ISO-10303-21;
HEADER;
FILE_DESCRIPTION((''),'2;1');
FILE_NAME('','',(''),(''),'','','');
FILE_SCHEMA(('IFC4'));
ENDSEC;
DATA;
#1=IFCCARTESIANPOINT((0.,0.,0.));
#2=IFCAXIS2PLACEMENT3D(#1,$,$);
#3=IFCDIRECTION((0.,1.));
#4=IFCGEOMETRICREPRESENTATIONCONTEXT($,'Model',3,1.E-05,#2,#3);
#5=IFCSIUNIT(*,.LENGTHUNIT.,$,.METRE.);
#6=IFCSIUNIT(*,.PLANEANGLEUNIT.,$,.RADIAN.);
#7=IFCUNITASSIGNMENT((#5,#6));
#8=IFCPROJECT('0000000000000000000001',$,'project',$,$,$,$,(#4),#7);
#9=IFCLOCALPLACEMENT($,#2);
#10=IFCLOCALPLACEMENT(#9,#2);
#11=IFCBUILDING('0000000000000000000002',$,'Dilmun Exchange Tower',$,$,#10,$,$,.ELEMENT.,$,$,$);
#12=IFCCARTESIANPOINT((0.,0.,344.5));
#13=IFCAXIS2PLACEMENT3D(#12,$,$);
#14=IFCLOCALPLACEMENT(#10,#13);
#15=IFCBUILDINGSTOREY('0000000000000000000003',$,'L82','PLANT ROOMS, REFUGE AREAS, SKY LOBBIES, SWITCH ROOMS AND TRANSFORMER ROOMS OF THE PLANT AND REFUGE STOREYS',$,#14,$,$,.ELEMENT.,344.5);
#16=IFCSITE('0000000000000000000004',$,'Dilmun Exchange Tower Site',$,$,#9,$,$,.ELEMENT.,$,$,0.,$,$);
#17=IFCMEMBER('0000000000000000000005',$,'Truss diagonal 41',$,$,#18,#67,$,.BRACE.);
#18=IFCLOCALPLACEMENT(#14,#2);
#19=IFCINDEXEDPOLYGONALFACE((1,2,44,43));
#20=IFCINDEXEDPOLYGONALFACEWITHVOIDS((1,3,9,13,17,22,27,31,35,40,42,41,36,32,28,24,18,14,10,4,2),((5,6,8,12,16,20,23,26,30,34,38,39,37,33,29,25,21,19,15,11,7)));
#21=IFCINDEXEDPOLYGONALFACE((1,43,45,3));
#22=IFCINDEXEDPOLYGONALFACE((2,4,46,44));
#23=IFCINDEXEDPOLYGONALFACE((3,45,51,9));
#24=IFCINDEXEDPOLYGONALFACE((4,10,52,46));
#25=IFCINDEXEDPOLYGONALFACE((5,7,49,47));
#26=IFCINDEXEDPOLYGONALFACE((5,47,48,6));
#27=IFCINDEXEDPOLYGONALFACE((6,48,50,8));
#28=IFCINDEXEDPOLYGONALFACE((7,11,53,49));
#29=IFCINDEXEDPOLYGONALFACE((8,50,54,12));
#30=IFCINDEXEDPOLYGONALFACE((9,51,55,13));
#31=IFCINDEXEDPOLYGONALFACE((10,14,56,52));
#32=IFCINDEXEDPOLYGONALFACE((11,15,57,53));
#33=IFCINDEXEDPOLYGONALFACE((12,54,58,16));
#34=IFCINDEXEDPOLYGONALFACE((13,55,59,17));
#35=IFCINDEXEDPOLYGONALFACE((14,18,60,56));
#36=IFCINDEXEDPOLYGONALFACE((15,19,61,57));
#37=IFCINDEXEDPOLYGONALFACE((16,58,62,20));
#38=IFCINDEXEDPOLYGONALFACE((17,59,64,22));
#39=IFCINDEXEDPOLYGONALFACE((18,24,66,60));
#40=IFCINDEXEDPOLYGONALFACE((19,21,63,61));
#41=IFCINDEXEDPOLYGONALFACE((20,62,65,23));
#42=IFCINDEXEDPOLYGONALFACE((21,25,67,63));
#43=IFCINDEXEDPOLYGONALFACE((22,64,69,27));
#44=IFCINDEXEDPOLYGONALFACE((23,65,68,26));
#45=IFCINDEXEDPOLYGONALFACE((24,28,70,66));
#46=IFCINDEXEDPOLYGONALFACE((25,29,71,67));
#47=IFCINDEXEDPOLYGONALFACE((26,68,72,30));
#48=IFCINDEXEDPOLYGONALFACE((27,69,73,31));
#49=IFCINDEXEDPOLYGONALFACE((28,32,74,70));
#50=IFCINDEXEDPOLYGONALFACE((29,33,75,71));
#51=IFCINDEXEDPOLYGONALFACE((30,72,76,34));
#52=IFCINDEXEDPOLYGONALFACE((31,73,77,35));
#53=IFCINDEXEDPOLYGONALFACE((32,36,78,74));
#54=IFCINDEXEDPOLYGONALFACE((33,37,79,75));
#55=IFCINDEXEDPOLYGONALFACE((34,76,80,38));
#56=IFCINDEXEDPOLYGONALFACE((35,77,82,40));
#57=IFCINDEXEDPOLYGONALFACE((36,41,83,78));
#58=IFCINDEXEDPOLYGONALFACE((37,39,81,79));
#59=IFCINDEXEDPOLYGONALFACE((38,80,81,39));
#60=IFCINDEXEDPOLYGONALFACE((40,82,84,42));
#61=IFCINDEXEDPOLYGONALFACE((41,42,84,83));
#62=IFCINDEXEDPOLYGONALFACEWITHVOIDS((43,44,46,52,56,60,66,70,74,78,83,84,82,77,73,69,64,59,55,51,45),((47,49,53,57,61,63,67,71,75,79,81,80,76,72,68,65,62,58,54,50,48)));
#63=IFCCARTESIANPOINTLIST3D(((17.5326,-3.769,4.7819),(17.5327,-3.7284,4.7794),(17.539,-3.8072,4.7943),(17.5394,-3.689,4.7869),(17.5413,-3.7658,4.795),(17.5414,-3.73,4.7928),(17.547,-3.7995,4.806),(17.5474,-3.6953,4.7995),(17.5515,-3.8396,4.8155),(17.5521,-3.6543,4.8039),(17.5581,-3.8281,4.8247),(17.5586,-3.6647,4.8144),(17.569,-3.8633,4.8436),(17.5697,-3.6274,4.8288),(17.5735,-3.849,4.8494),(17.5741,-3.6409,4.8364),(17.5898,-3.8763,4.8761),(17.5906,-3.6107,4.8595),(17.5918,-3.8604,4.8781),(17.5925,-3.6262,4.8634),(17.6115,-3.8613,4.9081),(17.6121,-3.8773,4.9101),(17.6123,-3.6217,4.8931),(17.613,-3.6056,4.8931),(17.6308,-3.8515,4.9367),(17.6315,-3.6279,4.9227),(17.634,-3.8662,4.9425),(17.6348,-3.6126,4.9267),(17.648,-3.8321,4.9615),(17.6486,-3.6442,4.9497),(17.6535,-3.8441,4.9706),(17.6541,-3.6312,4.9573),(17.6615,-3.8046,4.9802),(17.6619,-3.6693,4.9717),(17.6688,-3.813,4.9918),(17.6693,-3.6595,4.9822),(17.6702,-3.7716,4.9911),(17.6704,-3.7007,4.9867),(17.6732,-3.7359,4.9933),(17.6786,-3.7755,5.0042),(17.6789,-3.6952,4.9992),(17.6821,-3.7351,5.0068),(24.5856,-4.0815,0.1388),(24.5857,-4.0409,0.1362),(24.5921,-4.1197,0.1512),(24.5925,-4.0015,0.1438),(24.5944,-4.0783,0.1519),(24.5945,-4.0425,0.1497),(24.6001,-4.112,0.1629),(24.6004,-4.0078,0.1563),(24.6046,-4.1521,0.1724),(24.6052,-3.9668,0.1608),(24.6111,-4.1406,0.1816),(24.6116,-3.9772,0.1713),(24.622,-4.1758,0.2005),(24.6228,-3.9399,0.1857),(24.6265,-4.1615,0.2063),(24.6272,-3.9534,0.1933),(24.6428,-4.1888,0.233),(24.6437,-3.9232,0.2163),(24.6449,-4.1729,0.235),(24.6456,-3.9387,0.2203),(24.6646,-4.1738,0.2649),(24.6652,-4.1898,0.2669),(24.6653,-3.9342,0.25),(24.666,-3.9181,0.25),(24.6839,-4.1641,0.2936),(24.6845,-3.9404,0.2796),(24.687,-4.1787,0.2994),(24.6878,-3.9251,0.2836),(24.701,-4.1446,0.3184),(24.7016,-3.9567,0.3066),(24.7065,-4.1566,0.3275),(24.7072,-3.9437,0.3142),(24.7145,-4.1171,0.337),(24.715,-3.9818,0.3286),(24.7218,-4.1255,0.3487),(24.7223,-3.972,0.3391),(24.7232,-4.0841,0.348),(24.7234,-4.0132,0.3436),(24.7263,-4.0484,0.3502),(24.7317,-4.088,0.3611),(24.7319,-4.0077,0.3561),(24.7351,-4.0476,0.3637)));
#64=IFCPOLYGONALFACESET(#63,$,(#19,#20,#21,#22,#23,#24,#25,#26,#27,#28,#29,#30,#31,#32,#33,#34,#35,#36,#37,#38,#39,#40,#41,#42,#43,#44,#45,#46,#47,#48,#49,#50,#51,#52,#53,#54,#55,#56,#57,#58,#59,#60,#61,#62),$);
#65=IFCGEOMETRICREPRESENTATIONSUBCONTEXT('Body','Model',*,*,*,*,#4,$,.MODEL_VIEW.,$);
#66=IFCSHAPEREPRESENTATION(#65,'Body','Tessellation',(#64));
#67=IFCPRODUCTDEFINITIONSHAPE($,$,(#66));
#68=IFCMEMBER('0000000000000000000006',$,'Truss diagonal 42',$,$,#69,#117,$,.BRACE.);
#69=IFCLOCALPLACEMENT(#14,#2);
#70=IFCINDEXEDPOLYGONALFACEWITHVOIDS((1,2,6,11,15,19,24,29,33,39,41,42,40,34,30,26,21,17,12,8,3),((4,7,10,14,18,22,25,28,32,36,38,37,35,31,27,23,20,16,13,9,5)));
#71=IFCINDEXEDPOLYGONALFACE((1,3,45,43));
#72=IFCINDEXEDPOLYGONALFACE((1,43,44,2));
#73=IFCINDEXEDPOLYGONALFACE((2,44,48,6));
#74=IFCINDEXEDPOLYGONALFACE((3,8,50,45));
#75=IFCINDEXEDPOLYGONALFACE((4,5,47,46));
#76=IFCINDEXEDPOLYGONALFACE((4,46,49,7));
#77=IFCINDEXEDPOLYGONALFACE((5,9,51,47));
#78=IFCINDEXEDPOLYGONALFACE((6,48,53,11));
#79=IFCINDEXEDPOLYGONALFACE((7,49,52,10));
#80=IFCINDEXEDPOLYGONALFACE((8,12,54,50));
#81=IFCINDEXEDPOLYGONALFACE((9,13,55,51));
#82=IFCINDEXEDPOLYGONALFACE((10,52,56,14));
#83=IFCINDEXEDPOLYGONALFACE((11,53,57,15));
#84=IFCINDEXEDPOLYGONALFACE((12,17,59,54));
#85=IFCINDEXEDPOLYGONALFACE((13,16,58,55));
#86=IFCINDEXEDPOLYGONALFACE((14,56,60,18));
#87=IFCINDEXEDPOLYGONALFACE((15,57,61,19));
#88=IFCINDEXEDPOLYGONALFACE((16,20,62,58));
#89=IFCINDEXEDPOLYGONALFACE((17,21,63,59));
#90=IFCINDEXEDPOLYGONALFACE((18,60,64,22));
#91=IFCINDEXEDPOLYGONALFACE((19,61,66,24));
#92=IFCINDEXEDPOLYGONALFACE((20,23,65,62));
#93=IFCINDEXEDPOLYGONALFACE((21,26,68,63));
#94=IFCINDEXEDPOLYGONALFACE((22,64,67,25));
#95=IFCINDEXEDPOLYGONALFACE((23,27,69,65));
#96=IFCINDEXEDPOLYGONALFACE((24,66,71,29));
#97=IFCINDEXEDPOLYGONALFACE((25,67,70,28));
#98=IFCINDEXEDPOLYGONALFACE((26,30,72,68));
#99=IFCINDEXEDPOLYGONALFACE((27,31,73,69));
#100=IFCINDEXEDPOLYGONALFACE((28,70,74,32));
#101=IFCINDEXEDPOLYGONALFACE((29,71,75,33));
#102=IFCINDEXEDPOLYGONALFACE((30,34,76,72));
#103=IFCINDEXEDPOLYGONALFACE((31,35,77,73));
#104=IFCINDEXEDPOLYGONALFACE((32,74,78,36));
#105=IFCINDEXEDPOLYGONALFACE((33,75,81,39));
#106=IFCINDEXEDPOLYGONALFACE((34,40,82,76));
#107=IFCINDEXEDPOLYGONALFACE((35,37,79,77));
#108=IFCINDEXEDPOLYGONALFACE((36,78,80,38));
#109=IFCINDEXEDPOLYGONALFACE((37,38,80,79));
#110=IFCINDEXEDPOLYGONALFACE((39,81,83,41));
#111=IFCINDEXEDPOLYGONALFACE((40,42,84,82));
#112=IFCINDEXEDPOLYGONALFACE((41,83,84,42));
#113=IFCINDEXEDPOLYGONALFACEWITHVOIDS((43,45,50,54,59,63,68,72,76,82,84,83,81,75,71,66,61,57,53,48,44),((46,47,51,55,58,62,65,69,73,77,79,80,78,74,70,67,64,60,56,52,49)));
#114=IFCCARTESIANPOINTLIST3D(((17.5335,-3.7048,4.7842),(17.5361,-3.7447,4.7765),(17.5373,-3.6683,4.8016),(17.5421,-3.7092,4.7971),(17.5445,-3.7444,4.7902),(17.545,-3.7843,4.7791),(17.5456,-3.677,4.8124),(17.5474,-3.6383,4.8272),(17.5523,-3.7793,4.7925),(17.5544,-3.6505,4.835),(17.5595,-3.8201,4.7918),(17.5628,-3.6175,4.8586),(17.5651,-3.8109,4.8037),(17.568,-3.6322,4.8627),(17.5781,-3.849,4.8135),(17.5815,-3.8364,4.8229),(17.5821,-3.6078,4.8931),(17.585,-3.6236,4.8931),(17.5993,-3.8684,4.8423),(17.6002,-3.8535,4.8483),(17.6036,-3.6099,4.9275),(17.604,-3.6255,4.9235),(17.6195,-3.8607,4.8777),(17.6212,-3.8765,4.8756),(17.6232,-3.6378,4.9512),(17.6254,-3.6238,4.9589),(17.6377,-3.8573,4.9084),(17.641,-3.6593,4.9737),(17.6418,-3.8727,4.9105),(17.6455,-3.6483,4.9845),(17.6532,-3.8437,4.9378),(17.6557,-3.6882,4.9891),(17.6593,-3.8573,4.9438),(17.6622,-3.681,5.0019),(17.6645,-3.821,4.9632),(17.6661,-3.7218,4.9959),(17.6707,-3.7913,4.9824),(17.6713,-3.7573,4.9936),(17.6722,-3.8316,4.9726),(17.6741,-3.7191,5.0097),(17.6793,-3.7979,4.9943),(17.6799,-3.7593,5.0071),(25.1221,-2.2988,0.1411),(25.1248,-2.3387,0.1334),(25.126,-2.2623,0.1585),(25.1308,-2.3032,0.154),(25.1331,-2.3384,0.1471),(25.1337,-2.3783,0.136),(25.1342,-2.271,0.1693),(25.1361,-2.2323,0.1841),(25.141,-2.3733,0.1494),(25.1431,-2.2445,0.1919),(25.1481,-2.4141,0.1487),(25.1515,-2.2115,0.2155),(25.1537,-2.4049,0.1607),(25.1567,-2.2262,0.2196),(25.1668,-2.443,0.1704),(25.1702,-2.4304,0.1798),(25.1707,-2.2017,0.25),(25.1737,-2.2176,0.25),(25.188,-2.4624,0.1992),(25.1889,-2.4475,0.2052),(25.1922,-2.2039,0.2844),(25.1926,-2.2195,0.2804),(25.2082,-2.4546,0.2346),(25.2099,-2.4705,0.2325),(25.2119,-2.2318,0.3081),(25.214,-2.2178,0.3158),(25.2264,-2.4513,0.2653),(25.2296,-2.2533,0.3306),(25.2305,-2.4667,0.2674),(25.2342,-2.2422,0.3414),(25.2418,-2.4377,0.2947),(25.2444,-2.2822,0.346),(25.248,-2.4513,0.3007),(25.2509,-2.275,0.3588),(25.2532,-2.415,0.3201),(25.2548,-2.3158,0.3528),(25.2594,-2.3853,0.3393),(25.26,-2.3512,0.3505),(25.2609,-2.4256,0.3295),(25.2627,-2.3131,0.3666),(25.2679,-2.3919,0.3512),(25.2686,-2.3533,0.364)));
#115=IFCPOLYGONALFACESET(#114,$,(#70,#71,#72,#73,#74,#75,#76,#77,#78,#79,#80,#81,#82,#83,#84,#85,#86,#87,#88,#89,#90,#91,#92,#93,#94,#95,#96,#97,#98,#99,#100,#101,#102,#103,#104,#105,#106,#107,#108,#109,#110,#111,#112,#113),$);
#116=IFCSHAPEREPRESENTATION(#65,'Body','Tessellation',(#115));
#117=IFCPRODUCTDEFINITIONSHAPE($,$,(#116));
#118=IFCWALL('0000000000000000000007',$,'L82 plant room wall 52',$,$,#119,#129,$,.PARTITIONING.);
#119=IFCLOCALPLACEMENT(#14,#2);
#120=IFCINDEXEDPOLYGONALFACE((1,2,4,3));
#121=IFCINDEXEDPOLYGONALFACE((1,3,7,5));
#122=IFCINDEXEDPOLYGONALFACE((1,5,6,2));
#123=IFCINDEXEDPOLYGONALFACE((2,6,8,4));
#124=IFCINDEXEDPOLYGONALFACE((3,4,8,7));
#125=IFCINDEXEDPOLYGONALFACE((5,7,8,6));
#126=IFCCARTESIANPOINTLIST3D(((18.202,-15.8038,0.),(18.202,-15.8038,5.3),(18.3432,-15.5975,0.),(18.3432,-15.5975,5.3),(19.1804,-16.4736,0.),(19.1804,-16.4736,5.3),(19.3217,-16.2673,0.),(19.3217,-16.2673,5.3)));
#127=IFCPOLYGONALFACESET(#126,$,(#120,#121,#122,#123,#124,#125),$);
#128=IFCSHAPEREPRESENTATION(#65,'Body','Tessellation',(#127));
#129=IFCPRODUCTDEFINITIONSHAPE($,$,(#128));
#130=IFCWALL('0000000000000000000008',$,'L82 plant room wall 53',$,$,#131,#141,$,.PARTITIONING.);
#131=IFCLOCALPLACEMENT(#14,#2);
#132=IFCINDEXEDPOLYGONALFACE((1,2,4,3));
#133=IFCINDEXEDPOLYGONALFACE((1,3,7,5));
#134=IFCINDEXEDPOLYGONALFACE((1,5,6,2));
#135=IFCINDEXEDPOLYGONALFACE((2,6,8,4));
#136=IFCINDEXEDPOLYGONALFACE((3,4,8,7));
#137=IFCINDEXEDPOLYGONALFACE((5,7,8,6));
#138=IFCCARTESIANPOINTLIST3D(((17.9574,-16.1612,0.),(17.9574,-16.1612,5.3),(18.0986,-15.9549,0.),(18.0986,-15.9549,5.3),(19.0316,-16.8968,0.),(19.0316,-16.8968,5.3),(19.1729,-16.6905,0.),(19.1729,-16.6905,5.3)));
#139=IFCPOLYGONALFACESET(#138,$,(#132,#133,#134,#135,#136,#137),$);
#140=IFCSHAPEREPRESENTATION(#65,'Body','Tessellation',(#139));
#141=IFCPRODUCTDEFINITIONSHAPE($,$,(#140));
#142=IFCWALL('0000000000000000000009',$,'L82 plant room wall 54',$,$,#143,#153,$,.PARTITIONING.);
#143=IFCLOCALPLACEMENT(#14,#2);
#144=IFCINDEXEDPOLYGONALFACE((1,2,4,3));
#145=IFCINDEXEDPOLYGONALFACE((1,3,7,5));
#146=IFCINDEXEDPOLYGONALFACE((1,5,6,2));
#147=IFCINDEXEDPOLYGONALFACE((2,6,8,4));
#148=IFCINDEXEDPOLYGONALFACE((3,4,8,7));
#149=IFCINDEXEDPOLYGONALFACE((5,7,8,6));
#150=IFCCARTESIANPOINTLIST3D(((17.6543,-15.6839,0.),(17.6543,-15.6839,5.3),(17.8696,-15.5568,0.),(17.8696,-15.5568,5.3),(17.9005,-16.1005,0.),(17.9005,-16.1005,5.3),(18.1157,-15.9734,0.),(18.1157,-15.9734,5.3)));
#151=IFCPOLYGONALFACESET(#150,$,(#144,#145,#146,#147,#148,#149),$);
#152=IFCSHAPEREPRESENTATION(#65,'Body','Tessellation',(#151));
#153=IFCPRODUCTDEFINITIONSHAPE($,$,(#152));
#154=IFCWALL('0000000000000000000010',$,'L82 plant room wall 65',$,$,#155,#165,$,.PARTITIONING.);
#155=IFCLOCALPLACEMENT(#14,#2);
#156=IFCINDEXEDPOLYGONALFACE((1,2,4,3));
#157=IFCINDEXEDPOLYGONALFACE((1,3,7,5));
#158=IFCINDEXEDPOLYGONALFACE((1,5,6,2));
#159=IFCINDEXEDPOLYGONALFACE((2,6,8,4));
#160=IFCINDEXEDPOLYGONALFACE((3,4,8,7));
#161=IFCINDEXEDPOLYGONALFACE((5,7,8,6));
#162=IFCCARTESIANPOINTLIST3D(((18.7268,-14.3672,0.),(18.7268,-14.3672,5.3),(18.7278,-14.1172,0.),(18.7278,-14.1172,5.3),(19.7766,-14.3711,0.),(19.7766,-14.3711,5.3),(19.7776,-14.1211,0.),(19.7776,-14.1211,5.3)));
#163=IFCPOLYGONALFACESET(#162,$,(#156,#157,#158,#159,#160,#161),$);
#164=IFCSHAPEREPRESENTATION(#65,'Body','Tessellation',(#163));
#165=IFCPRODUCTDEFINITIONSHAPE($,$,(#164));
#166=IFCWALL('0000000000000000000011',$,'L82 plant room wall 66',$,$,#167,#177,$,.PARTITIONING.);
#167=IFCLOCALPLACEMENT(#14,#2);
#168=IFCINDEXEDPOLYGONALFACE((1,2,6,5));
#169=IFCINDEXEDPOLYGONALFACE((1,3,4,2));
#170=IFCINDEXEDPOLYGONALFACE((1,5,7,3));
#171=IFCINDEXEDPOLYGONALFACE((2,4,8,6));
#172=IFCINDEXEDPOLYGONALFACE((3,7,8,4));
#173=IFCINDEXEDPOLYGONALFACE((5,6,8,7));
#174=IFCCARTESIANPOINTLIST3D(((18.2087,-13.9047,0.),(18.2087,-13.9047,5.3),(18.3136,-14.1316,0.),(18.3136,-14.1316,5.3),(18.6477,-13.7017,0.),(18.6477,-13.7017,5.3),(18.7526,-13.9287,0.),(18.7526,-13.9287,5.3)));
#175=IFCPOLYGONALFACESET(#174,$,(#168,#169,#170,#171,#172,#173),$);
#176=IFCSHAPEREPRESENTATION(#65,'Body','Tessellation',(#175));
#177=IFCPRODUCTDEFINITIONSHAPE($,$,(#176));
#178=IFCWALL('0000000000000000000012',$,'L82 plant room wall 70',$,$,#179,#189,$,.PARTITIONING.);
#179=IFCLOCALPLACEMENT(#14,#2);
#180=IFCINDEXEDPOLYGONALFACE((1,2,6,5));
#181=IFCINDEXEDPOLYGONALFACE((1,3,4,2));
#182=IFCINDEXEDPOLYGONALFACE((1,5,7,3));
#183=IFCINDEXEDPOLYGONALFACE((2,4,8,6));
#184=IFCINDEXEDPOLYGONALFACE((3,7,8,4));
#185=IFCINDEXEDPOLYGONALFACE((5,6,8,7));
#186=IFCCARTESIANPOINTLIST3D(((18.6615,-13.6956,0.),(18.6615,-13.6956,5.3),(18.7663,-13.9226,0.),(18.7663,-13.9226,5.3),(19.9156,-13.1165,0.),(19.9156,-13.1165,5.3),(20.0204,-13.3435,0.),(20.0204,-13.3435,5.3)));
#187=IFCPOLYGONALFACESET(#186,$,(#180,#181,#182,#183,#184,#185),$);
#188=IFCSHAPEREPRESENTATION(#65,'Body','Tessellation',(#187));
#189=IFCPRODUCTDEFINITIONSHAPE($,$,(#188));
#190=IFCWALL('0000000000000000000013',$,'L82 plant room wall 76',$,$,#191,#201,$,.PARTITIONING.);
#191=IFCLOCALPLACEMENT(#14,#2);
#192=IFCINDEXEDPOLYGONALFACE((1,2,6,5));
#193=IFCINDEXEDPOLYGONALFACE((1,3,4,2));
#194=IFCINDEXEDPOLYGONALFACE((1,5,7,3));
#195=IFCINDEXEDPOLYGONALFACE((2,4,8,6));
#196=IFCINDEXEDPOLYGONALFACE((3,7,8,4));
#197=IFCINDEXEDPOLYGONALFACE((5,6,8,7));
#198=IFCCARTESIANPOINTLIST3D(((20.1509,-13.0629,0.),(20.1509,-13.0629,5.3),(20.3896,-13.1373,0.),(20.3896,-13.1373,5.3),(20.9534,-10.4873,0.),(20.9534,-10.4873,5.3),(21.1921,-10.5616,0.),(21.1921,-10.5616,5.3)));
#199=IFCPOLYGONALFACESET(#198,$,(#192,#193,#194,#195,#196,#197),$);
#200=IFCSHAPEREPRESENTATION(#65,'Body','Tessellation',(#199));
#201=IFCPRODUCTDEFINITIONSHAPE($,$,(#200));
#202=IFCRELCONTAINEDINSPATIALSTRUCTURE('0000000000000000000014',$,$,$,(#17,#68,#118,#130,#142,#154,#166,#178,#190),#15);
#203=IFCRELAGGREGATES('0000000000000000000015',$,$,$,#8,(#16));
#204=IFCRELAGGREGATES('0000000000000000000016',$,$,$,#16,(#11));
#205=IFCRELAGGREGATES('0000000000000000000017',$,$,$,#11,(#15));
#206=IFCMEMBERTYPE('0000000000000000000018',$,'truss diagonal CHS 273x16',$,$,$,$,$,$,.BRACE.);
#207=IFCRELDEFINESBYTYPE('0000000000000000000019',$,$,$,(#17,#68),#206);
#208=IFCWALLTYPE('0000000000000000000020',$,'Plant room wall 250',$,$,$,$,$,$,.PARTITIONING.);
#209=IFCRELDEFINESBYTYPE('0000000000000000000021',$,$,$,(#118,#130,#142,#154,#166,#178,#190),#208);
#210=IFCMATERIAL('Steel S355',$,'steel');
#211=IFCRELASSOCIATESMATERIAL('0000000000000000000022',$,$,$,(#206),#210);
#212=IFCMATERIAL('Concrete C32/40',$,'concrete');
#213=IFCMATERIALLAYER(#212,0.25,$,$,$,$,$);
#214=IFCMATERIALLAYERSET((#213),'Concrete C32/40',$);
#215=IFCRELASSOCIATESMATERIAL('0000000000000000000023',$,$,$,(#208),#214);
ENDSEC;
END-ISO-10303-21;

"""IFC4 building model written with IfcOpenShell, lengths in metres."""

from ifc_helpers import new_model, si_unit, direction, frame, frame_2d, origin, origin_2d, place, context, subcontext, project, spatial, rectangle, hollow_circle, extrude, material, layer, layer_set, material_profile, profile_set, type_object, element, save


model = new_model("IFC4")

# Units and contexts
model_context = context("Model", 3, precision=1e-05, world=origin(), true_north=direction((0.0, 1.0)))
body_context = subcontext(model_context, "Body", "Model", "MODEL_VIEW")
ifc_project = project(units=[si_unit("LENGTHUNIT", "METRE"), si_unit("PLANEANGLEUNIT", "RADIAN")], contexts=[model_context])

# Site, building, storey
site_placement = place(None, origin())
site = spatial("IfcSite", under=ifc_project, at=site_placement, Name="Dilmun Exchange Tower Site", CompositionType="ELEMENT", RefElevation=0.0)
building_placement = place(site_placement, origin())
building = spatial("IfcBuilding", under=site, at=building_placement, Name="Dilmun Exchange Tower", CompositionType="ELEMENT")
storey_placement = place(building_placement, frame((0.0, 0.0, 344.5)))
storey = spatial("IfcBuildingStorey", under=building, at=storey_placement, Name="L82", Description="PLANT ROOMS, REFUGE AREAS, SKY LOBBIES, SWITCH ROOMS AND TRANSFORMER ROOMS OF THE PLANT AND REFUGE STOREYS", CompositionType="ELEMENT", Elevation=344.5)

# Shared definitions
ifc_material_1 = material(Name="Steel S355", Category="steel")

# Members
ifc_material_profile_1 = material_profile(ifc_material_1, hollow_circle(Radius=0.1365, WallThickness=0.0161, at=origin_2d()), Name="CHS 273x16")
ifc_profile_set_1 = profile_set([ifc_material_profile_1], Name="Steel S355")
member_type = type_object("IfcMemberType", Name="truss diagonal CHS 273x16", PredefinedType="BRACE", material=ifc_profile_set_1)
member_1_placement = place(storey_placement, frame((17.6069, -3.7419, 4.8931), z_axis=(0.834685, -0.036983, -0.549484), x_axis=(0.044264, 0.99902, 0.0)))
element("IfcMember", 1, at=member_1_placement, inside=storey, type_object=member_type, Name="Truss diagonal 41", PredefinedType="BRACE", context=body_context, shape_type="SweptSolid", body=[
    extrude(hollow_circle(Radius=0.1365, WallThickness=0.0161, at=origin_2d()), origin(), (0.0, 0.0, 1.0), 8.45),
])
member_2_placement = place(storey_placement, frame((17.6069, -3.7419, 4.8931), z_axis=(0.842545, 0.156105, -0.515508), x_axis=(-0.182178, 0.983266, 0.0)))
element("IfcMember", 2, at=member_2_placement, inside=storey, type_object=member_type, Name="Truss diagonal 42", PredefinedType="BRACE", context=body_context, shape_type="SweptSolid", body=[
    extrude(hollow_circle(Radius=0.1365, WallThickness=0.0161, at=origin_2d()), origin(), (0.0, 0.0, 1.0), 9.0068),
])

# Walls
ifc_material_2 = material(Name="Concrete C32/40", Category="concrete")
ifc_layer_1 = layer(ifc_material_2, 0.25)
ifc_layer_set_1 = layer_set([ifc_layer_1], Name="Concrete C32/40")
wall_type = type_object("IfcWallType", Name="Plant room wall 250", PredefinedType="PARTITIONING", material=ifc_layer_set_1)
wall_1_placement = place(storey_placement, frame((18.2727, -15.7007, 0.0), z_axis=(0.0, 0.0, 1.0), x_axis=(0.825146, -0.56492, 0.0)))
element("IfcWall", 3, at=wall_1_placement, inside=storey, type_object=wall_type, Name="L82 plant room wall 52", PredefinedType="PARTITIONING", context=body_context, shape_type="SweptSolid", body=[
    extrude(rectangle(XDim=1.1858, YDim=0.25, at=frame_2d((0.5928, 0.0))), origin(), (0.0, 0.0, 1.0), 5.3),
])
wall_2_placement = place(storey_placement, frame((18.0281, -16.0581, 0.0), z_axis=(0.0, 0.0, 1.0), x_axis=(0.825091, -0.565, 0.0)))
element("IfcWall", 4, at=wall_2_placement, inside=storey, type_object=wall_type, Name="L82 plant room wall 53", PredefinedType="PARTITIONING", context=body_context, shape_type="SweptSolid", body=[
    extrude(rectangle(XDim=1.302, YDim=0.25, at=frame_2d((0.6509, 0.0))), origin(), (0.0, 0.0, 1.0), 5.3),
])
wall_3_placement = place(storey_placement, frame((17.762, -15.6204, 0.0), z_axis=(0.0, 0.0, 1.0), x_axis=(0.508695, -0.860947, 0.0)))
element("IfcWall", 5, at=wall_3_placement, inside=storey, type_object=wall_type, Name="L82 plant room wall 54", PredefinedType="PARTITIONING", context=body_context, shape_type="SweptSolid", body=[
    extrude(rectangle(XDim=0.4839, YDim=0.25, at=frame_2d((0.2419, 0.0))), origin(), (0.0, 0.0, 1.0), 5.3),
])
wall_4_placement = place(storey_placement, frame((18.7273, -14.2422, 0.0), z_axis=(0.0, 0.0, 1.0), x_axis=(0.999993, -0.003721, 0.0)))
element("IfcWall", 6, at=wall_4_placement, inside=storey, type_object=wall_type, Name="L82 plant room wall 65", PredefinedType="PARTITIONING", context=body_context, shape_type="SweptSolid", body=[
    extrude(rectangle(XDim=1.0498, YDim=0.25, at=frame_2d((0.5249, 0.0))), origin(), (0.0, 0.0, 1.0), 5.3),
])
wall_5_placement = place(storey_placement, frame((18.2612, -14.0181, 0.0), z_axis=(0.0, 0.0, 1.0), x_axis=(0.907738, 0.419538, 0.0)))
element("IfcWall", 7, at=wall_5_placement, inside=storey, type_object=wall_type, Name="L82 plant room wall 66", PredefinedType="PARTITIONING", context=body_context, shape_type="SweptSolid", body=[
    extrude(rectangle(XDim=0.4836, YDim=0.25, at=frame_2d((0.2417, 0.0))), origin(), (0.0, 0.0, 1.0), 5.3),
])
wall_6_placement = place(storey_placement, frame((18.7139, -13.8091, 0.0), z_axis=(0.0, 0.0, 1.0), x_axis=(0.907887, 0.419215, 0.0)))
element("IfcWall", 8, at=wall_6_placement, inside=storey, type_object=wall_type, Name="L82 plant room wall 70", PredefinedType="PARTITIONING", context=body_context, shape_type="SweptSolid", body=[
    extrude(rectangle(XDim=1.3813, YDim=0.25, at=frame_2d((0.6907, 0.0))), origin(), (0.0, 0.0, 1.0), 5.3),
])
wall_7_placement = place(storey_placement, frame((20.2703, -13.1001, 0.0), z_axis=(0.0, 0.0, 1.0), x_axis=(0.297461, 0.954734, 0.0)))
element("IfcWall", 9, at=wall_7_placement, inside=storey, type_object=wall_type, Name="L82 plant room wall 76", PredefinedType="PARTITIONING", context=body_context, shape_type="SweptSolid", body=[
    extrude(rectangle(XDim=2.6978, YDim=0.25, at=frame_2d((1.3489, 0.0))), origin(), (0.0, 0.0, 1.0), 5.3),
])

save(model, "model.ifc")
